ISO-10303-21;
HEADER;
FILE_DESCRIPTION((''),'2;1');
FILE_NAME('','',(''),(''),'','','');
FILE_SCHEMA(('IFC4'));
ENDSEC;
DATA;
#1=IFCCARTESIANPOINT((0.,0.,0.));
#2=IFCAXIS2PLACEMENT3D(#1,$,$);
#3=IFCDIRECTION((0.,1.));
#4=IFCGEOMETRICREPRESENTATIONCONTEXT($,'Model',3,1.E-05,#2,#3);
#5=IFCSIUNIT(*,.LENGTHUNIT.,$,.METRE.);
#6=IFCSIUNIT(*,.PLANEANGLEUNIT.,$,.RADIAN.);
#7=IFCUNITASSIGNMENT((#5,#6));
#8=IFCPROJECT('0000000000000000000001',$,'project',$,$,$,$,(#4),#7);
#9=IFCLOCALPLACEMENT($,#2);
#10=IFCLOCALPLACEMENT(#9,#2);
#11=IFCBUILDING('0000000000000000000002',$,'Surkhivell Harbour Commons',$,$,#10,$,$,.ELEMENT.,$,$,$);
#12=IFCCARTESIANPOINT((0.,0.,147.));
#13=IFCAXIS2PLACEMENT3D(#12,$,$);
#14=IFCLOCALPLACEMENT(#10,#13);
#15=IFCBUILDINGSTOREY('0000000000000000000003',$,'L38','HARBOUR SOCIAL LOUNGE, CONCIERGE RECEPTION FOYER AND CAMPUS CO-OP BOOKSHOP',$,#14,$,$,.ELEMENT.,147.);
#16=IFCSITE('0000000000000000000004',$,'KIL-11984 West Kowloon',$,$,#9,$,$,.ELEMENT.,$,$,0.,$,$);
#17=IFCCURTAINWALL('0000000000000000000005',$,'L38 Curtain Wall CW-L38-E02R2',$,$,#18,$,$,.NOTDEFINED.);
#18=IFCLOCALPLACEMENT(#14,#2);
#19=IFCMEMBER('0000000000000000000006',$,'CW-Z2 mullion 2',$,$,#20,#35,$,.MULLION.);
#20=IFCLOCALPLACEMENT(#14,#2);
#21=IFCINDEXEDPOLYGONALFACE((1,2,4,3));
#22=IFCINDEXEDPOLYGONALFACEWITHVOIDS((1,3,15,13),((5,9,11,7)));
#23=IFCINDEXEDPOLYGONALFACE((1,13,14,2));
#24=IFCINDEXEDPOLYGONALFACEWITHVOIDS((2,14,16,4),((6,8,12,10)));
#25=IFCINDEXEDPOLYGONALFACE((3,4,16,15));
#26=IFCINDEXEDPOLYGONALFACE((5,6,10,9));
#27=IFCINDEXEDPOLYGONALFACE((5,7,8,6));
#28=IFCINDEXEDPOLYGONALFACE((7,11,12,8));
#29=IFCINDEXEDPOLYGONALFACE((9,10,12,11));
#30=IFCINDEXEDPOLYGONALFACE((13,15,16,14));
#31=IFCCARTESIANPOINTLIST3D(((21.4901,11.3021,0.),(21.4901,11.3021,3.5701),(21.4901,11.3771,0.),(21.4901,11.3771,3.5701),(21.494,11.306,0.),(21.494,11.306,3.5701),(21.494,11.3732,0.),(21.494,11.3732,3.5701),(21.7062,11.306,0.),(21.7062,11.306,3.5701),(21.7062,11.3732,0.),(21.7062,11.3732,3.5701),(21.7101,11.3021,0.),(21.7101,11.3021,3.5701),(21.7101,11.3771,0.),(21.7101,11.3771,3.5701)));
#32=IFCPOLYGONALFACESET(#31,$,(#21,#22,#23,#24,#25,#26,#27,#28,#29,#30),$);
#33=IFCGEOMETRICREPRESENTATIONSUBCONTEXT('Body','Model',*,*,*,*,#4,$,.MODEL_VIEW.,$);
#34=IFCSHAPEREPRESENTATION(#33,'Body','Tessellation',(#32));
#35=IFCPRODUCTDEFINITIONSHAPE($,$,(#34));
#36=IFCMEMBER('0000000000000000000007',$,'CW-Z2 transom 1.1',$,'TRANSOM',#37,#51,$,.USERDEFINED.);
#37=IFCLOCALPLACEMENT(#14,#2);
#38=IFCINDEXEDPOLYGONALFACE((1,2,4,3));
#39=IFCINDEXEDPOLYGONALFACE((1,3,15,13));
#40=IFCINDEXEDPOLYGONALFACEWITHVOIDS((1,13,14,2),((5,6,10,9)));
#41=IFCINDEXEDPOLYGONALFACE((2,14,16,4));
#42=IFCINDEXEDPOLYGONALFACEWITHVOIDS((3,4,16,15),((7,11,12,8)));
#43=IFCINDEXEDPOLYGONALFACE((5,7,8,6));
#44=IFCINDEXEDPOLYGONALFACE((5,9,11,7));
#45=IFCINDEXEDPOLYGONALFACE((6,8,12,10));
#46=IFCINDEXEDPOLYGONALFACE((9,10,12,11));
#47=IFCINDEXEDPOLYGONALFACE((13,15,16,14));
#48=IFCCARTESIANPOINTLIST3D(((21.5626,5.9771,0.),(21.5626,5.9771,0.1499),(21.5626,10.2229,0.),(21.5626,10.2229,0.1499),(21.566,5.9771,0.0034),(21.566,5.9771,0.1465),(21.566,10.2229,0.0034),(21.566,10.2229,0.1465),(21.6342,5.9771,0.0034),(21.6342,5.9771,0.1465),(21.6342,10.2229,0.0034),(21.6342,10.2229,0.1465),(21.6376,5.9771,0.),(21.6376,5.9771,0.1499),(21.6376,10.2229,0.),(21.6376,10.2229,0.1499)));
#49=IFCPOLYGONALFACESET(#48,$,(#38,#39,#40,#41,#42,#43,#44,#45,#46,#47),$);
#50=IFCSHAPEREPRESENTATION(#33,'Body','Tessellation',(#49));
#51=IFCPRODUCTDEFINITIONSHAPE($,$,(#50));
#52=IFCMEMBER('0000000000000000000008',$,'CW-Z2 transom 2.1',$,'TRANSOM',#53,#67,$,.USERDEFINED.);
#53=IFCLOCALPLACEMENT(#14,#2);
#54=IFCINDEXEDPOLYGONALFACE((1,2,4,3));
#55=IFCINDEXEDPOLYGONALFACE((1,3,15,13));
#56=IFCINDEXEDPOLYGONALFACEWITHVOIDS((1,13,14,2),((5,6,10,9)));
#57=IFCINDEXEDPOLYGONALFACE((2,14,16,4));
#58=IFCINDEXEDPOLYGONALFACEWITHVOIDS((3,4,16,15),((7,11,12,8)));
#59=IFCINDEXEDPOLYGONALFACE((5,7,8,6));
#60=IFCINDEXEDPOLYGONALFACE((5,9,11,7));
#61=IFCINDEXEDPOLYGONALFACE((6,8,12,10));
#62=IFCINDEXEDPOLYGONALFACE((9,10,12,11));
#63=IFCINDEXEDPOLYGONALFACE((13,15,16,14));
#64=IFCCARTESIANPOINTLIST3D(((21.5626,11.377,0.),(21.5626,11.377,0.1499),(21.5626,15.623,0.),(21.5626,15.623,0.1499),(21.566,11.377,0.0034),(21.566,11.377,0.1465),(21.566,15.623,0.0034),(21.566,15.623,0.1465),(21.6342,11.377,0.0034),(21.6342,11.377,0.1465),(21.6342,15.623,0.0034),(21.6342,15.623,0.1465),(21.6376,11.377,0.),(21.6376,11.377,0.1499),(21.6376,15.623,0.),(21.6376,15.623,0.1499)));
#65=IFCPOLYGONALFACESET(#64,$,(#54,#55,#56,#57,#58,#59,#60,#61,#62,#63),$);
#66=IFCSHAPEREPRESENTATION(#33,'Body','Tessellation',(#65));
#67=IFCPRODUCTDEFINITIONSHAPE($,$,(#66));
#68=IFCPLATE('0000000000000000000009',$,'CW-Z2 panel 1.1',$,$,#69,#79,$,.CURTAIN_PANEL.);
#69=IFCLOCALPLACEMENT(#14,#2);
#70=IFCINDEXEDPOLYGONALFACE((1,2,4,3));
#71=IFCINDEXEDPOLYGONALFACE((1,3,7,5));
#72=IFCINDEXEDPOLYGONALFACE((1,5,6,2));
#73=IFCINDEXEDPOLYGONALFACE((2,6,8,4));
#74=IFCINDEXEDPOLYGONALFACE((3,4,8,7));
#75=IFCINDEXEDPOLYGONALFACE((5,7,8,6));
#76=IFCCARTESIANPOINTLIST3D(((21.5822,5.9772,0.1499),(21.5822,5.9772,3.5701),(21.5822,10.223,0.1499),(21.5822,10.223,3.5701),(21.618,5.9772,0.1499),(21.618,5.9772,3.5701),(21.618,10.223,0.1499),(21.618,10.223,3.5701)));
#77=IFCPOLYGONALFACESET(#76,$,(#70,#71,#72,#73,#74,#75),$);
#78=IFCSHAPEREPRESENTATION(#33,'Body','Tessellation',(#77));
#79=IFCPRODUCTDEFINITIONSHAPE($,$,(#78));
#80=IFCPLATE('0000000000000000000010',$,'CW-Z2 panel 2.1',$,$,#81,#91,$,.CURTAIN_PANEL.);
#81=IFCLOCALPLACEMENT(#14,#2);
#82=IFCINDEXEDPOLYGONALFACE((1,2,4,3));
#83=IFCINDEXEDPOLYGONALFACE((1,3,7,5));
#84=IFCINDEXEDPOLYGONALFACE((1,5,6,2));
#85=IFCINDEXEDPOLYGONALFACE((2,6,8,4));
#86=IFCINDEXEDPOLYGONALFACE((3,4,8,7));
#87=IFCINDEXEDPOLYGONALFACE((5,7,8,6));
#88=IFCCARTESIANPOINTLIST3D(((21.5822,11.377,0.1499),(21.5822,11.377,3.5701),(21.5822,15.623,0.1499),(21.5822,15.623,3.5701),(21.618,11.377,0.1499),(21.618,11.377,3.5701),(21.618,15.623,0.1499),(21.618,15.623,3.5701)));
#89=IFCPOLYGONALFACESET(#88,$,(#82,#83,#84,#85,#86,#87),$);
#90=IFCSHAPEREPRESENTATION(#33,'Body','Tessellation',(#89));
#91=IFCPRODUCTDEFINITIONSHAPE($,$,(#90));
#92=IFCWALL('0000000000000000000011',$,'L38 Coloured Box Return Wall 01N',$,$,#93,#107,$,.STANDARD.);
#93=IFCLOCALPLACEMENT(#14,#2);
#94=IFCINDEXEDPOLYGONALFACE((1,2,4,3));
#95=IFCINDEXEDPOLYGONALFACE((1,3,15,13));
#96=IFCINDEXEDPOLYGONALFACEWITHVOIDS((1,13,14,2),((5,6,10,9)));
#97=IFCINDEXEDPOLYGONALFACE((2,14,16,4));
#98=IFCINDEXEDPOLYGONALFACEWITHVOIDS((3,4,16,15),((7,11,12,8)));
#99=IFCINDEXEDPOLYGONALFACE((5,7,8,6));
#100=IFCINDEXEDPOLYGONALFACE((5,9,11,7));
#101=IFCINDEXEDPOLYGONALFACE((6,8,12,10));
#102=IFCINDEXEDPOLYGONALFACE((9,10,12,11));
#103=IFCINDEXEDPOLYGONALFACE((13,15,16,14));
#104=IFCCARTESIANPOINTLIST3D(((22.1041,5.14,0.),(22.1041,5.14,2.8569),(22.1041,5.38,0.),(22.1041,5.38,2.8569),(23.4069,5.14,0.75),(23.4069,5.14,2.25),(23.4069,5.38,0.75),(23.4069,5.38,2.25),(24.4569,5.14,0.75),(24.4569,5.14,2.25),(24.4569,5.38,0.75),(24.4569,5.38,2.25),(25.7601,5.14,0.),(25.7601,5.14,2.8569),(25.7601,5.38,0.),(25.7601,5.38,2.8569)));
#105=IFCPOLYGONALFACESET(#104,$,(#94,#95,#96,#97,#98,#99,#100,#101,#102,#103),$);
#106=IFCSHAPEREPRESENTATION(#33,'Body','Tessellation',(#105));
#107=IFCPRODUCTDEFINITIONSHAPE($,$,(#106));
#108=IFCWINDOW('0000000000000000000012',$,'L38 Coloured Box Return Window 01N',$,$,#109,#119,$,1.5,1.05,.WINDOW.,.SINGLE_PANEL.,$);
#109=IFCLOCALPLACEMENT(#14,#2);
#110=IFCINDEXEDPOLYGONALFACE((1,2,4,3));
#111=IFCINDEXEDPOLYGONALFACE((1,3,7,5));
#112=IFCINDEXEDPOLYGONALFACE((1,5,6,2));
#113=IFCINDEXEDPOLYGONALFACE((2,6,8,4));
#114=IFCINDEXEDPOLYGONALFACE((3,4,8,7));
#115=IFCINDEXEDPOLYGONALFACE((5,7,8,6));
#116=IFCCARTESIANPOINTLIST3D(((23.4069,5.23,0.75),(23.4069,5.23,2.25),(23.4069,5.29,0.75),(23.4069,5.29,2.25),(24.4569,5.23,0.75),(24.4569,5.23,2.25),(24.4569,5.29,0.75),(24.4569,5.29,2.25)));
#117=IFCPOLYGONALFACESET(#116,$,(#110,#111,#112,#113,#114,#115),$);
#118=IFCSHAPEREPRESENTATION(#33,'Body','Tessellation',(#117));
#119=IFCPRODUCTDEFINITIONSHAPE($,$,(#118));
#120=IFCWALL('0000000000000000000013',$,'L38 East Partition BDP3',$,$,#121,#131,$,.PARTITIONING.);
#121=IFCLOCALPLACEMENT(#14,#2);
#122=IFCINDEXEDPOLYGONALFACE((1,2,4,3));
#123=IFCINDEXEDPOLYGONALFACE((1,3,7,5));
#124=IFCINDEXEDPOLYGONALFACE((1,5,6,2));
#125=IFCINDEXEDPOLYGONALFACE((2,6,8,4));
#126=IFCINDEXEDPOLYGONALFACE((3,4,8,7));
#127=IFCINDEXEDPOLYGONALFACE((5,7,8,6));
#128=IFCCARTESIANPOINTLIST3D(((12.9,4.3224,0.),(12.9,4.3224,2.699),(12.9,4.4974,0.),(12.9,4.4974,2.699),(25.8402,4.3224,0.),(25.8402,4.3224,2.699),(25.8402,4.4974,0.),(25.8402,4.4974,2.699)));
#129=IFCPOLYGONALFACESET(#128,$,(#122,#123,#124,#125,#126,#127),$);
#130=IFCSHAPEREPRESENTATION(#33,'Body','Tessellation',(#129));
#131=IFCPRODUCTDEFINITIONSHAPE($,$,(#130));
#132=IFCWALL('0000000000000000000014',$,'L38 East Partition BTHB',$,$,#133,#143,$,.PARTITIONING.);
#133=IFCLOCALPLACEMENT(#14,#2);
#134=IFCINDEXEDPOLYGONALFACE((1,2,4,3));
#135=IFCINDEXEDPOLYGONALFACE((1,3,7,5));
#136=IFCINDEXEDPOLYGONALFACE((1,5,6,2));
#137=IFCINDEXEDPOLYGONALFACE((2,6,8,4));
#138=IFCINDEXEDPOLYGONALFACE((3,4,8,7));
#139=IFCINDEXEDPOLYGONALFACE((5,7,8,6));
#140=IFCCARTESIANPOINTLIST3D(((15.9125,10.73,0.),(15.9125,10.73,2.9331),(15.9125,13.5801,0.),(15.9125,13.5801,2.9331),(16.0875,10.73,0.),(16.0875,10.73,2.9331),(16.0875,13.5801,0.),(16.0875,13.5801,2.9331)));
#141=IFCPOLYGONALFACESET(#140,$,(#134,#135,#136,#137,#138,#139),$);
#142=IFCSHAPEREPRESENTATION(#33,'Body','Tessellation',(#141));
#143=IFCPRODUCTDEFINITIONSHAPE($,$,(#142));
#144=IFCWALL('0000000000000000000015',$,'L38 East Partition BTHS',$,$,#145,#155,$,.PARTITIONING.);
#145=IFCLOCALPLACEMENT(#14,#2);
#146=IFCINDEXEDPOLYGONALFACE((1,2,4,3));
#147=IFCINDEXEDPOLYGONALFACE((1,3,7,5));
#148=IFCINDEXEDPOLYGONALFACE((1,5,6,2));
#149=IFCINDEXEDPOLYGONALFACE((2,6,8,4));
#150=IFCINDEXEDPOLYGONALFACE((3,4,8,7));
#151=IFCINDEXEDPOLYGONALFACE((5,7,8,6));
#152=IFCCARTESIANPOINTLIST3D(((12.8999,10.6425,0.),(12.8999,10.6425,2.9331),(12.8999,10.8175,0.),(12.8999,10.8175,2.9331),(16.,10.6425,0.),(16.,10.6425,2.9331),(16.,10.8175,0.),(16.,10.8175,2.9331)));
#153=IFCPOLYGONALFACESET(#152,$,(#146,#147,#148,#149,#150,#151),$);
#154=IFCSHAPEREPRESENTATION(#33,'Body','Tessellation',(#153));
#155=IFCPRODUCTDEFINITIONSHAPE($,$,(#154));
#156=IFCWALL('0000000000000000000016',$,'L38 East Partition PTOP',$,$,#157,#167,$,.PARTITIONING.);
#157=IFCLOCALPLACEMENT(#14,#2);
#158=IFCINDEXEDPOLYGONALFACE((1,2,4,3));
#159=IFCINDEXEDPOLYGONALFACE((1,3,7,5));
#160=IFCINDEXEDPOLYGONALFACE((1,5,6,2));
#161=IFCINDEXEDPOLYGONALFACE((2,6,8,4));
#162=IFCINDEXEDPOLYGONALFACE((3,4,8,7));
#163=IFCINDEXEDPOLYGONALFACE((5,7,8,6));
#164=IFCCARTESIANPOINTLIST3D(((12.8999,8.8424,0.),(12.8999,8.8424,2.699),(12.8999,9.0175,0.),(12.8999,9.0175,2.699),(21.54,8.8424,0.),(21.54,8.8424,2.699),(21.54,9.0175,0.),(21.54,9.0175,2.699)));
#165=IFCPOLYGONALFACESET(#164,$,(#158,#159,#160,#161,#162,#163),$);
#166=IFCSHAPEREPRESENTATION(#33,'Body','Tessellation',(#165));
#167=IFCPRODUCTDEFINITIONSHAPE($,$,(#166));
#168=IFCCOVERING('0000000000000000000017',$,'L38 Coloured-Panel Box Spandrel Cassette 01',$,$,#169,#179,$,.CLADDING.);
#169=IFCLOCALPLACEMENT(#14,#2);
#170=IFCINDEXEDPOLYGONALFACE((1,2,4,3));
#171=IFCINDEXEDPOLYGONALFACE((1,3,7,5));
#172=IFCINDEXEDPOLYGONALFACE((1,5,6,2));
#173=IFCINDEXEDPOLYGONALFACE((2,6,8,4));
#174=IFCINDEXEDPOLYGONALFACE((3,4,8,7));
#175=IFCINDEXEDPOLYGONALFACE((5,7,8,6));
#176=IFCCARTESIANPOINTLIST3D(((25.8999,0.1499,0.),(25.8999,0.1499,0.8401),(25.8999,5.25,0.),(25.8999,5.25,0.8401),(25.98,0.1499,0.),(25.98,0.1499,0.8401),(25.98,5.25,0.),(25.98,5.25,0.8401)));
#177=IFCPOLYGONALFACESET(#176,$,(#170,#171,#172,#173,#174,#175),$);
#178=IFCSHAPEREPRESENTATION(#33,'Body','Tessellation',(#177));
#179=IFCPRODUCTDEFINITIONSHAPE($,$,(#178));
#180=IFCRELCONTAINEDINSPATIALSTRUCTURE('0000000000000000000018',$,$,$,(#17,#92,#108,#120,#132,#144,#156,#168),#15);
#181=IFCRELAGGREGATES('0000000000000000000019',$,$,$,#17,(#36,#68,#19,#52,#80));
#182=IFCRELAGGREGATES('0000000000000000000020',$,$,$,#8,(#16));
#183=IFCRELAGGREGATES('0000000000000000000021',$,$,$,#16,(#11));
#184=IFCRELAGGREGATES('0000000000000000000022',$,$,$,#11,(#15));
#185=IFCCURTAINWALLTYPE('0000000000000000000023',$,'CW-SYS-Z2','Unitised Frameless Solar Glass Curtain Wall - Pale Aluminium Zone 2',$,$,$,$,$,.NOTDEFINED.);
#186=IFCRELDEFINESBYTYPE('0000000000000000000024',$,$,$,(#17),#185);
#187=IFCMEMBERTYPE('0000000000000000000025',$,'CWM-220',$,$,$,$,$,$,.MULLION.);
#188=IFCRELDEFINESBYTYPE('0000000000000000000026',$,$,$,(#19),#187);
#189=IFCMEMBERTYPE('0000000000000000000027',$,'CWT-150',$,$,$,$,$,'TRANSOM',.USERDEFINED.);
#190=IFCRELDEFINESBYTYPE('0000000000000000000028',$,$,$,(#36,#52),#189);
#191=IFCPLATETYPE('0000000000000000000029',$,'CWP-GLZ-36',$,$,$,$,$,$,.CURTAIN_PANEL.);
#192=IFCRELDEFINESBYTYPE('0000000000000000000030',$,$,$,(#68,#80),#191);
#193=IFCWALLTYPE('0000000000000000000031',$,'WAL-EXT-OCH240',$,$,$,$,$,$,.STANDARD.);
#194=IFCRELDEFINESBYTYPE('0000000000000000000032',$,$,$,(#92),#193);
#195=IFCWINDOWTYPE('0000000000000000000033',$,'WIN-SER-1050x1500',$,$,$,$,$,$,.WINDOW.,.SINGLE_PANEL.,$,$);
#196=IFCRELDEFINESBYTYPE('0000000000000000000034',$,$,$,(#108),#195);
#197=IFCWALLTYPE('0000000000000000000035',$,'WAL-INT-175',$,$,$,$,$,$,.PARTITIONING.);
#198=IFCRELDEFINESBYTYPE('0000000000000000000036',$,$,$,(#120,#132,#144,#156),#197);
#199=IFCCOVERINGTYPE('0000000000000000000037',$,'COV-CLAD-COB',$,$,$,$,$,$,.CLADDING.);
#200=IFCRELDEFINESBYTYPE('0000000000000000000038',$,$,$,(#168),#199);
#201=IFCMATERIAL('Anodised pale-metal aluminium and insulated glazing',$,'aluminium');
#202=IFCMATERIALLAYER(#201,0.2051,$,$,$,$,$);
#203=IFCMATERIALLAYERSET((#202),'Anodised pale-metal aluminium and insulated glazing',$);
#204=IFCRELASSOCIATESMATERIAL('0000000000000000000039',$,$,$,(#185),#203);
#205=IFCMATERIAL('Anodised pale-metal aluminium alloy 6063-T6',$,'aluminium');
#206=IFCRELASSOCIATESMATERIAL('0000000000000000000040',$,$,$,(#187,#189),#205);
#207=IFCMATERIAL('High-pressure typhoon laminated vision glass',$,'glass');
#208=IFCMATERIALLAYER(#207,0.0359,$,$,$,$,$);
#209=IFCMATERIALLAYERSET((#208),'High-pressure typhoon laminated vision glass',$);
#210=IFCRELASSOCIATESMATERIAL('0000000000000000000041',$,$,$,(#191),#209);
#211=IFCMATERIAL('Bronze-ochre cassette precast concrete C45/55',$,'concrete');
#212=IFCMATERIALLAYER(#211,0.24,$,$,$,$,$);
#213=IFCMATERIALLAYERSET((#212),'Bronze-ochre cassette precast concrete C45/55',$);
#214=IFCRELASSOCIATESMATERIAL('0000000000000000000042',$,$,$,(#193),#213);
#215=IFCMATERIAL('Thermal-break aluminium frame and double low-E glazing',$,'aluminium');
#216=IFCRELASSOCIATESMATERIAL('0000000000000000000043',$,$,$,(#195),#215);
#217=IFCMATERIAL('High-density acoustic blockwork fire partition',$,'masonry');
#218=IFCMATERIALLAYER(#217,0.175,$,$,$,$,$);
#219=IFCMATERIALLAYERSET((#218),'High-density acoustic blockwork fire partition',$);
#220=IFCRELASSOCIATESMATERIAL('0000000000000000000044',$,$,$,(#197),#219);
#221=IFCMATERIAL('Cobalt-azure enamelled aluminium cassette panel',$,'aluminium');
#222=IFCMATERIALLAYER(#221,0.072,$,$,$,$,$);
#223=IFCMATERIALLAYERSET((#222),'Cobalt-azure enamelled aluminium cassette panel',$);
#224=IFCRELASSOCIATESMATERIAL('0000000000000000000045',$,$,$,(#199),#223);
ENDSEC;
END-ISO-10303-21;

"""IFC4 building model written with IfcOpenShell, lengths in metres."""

from ifc_helpers import new_model, si_unit, direction, frame, frame_2d, origin, origin_2d, place, context, subcontext, project, spatial, rectangle, hollow_rectangle, extrude, material, layer, layer_set, material_profile, profile_set, type_object, element, fill, aggregate, save


model = new_model("IFC4")

# Units and contexts
model_context = context("Model", 3, precision=1e-05, world=origin(), true_north=direction((0.0, 1.0)))
body_context = subcontext(model_context, "Body", "Model", "MODEL_VIEW")
ifc_project = project(units=[si_unit("LENGTHUNIT", "METRE"), si_unit("PLANEANGLEUNIT", "RADIAN")], contexts=[model_context])

# Site, building, storey
site_placement = place(None, origin())
site = spatial("IfcSite", under=ifc_project, at=site_placement, Name="KIL-11984 West Kowloon", CompositionType="ELEMENT", RefElevation=0.0)
building_placement = place(site_placement, origin())
building = spatial("IfcBuilding", under=site, at=building_placement, Name="Surkhivell Harbour Commons", CompositionType="ELEMENT")
storey_placement = place(building_placement, frame((0.0, 0.0, 147.0)))
storey = spatial("IfcBuildingStorey", under=building, at=storey_placement, Name="L38", Description="HARBOUR SOCIAL LOUNGE, CONCIERGE RECEPTION FOYER AND CAMPUS CO-OP BOOKSHOP", CompositionType="ELEMENT", Elevation=147.0)

# Shared definitions
ifc_material_1 = material(Name="Anodised pale-metal aluminium and insulated glazing", Category="aluminium")

# Curtain wall, members, plates
ifc_layer_1 = layer(ifc_material_1, 0.2051)
ifc_layer_set_1 = layer_set([ifc_layer_1], Name="Anodised pale-metal aluminium and insulated glazing")
curtain_wall_type_1 = type_object("IfcCurtainWallType", Name="CW-SYS-Z2", Description="Unitised Frameless Solar Glass Curtain Wall - Pale Aluminium Zone 2", PredefinedType="NOTDEFINED", material=ifc_layer_set_1)
curtain_wall_1_placement = place(storey_placement, origin())
curtain_wall_1 = element("IfcCurtainWall", 1, at=curtain_wall_1_placement, inside=storey, type_object=curtain_wall_type_1, Name="L38 Curtain Wall CW-L38-E02R2", PredefinedType="NOTDEFINED")
ifc_material_2 = material(Name="Anodised pale-metal aluminium alloy 6063-T6", Category="aluminium")
ifc_material_profile_1 = material_profile(ifc_material_2, hollow_rectangle(XDim=0.075, YDim=0.22, WallThickness=0.0039, at=origin_2d()), Name="ALU-MULL-75x220")
ifc_profile_set_1 = profile_set([ifc_material_profile_1], Name="Anodised pale-metal aluminium alloy 6063-T6")
member_type_1 = type_object("IfcMemberType", Name="CWM-220", PredefinedType="MULLION", material=ifc_profile_set_1)
member_1_placement = place(storey_placement, frame((21.6001, 11.3396, 0.0), z_axis=(0.0, 0.0, 1.0), x_axis=(0.0, 1.0, 0.0)))
member_1 = element("IfcMember", 2, at=member_1_placement, type_object=member_type_1, Name="CW-Z2 mullion 2", PredefinedType="MULLION", context=body_context, shape_type="SweptSolid", body=[
    extrude(hollow_rectangle(XDim=0.075, YDim=0.22, WallThickness=0.0039, at=origin_2d()), origin(), (0.0, 0.0, 1.0), 3.5701),
])
ifc_material_profile_2 = material_profile(ifc_material_2, hollow_rectangle(XDim=0.075, YDim=0.1499, WallThickness=0.0034, at=origin_2d()), Name="ALU-TRAN-75x150")
ifc_profile_set_2 = profile_set([ifc_material_profile_2], Name="Anodised pale-metal aluminium alloy 6063-T6")
member_type_2 = type_object("IfcMemberType", Name="CWT-150", ElementType="TRANSOM", PredefinedType="USERDEFINED", material=ifc_profile_set_2)
member_2_placement = place(storey_placement, frame((21.6001, 5.9771, 0.075), z_axis=(0.0, 1.0, 0.0), x_axis=(-1.0, 0.0, 0.0)))
member_2 = element("IfcMember", 3, at=member_2_placement, type_object=member_type_2, Name="CW-Z2 transom 1.1", ObjectType="TRANSOM", PredefinedType="USERDEFINED", context=body_context, shape_type="SweptSolid", body=[
    extrude(hollow_rectangle(XDim=0.075, YDim=0.1499, WallThickness=0.0034, at=origin_2d()), origin(), (0.0, 0.0, 1.0), 4.2458),
])
member_3_placement = place(storey_placement, frame((21.6001, 11.377, 0.075), z_axis=(0.0, 1.0, 0.0), x_axis=(-1.0, 0.0, 0.0)))
member_3 = element("IfcMember", 4, at=member_3_placement, type_object=member_type_2, Name="CW-Z2 transom 2.1", ObjectType="TRANSOM", PredefinedType="USERDEFINED", context=body_context, shape_type="SweptSolid", body=[
    extrude(hollow_rectangle(XDim=0.075, YDim=0.1499, WallThickness=0.0034, at=origin_2d()), origin(), (0.0, 0.0, 1.0), 4.2461),
])
ifc_material_3 = material(Name="High-pressure typhoon laminated vision glass", Category="glass")
ifc_layer_2 = layer(ifc_material_3, 0.0359)
ifc_layer_set_2 = layer_set([ifc_layer_2], Name="High-pressure typhoon laminated vision glass")
plate_type = type_object("IfcPlateType", Name="CWP-GLZ-36", PredefinedType="CURTAIN_PANEL", material=ifc_layer_set_2)
plate_1_placement = place(storey_placement, frame((21.6001, 5.9771, 0.1499), z_axis=(0.0, 0.0, 1.0), x_axis=(0.0, 1.0, 0.0)))
plate_1 = element("IfcPlate", 5, at=plate_1_placement, type_object=plate_type, Name="CW-Z2 panel 1.1", PredefinedType="CURTAIN_PANEL", context=body_context, shape_type="SweptSolid", body=[
    extrude(rectangle(XDim=4.2458, YDim=0.0359, at=frame_2d((2.123, 0.0))), origin(), (0.0, 0.0, 1.0), 3.4202),
])
plate_2_placement = place(storey_placement, frame((21.6001, 11.377, 0.1499), z_axis=(0.0, 0.0, 1.0), x_axis=(0.0, 1.0, 0.0)))
plate_2 = element("IfcPlate", 6, at=plate_2_placement, type_object=plate_type, Name="CW-Z2 panel 2.1", PredefinedType="CURTAIN_PANEL", context=body_context, shape_type="SweptSolid", body=[
    extrude(rectangle(XDim=4.2461, YDim=0.0359, at=frame_2d((2.123, 0.0))), origin(), (0.0, 0.0, 1.0), 3.4202),
])
aggregate(curtain_wall_1, [member_2, plate_1, member_1, member_3, plate_2])

# Wall, opening, window
ifc_material_4 = material(Name="Bronze-ochre cassette precast concrete C45/55", Category="concrete")
ifc_layer_3 = layer(ifc_material_4, 0.24)
ifc_layer_set_3 = layer_set([ifc_layer_3], Name="Bronze-ochre cassette precast concrete C45/55")
wall_type_1 = type_object("IfcWallType", Name="WAL-EXT-OCH240", PredefinedType="STANDARD", material=ifc_layer_set_3)
wall_1_placement = place(storey_placement, frame((22.104, 5.26, 0.0), z_axis=(0.0, 0.0, 1.0), x_axis=(1.0, 0.0, 0.0)))
wall_1 = element("IfcWall", 7, at=wall_1_placement, inside=storey, type_object=wall_type_1, Name="L38 Coloured Box Return Wall 01N", PredefinedType="STANDARD", context=body_context, shape_type="SweptSolid", body=[
    extrude(rectangle(XDim=3.656, YDim=0.24, at=frame_2d((1.8281, 0.0))), origin(), (0.0, 0.0, 1.0), 2.8569),
])
opening_placement = place(wall_1_placement, frame((1.303, 0.0, 0.75)))
opening = element("IfcOpeningElement", 8, at=opening_placement, cuts=wall_1, PredefinedType="OPENING", context=body_context, shape_type="SweptSolid", body=[
    extrude(rectangle(XDim=1.05, YDim=1.5, at=frame_2d((0.5249, 0.75))), frame((0.0, 0.1299, 0.0), z_axis=(0.0, -1.0, 0.0), x_axis=(1.0, 0.0, 0.0)), (0.0, 0.0, 1.0), 0.26),
])
ifc_material_5 = material(Name="Thermal-break aluminium frame and double low-E glazing", Category="aluminium")
window_type = type_object("IfcWindowType", Name="WIN-SER-1050x1500", PartitioningType="SINGLE_PANEL", PredefinedType="WINDOW", material=ifc_material_5)
window_placement = place(opening_placement, origin())
window = element("IfcWindow", 9, at=window_placement, inside=storey, type_object=window_type, Name="L38 Coloured Box Return Window 01N", OverallHeight=1.5, OverallWidth=1.05, PartitioningType="SINGLE_PANEL", PredefinedType="WINDOW", context=body_context, shape_type="SweptSolid", body=[
    extrude(rectangle(XDim=1.05, YDim=1.5, at=frame_2d((0.5249, 0.75))), frame((0.0, 0.03, 0.0), z_axis=(0.0, -1.0, 0.0), x_axis=(1.0, 0.0, 0.0)), (0.0, 0.0, 1.0), 0.0601),
])
fill(opening, window)

# Walls
ifc_material_6 = material(Name="High-density acoustic blockwork fire partition", Category="masonry")
ifc_layer_4 = layer(ifc_material_6, 0.175)
ifc_layer_set_4 = layer_set([ifc_layer_4], Name="High-density acoustic blockwork fire partition")
wall_type_2 = type_object("IfcWallType", Name="WAL-INT-175", PredefinedType="PARTITIONING", material=ifc_layer_set_4)
wall_2_placement = place(storey_placement, frame((12.8999, 4.4099, 0.0), z_axis=(0.0, 0.0, 1.0), x_axis=(1.0, 0.0, 0.0)))
element("IfcWall", 10, at=wall_2_placement, inside=storey, type_object=wall_type_2, Name="L38 East Partition BDP3", PredefinedType="PARTITIONING", context=body_context, shape_type="SweptSolid", body=[
    extrude(rectangle(XDim=12.9402, YDim=0.175, at=frame_2d((6.4702, 0.0))), origin(), (0.0, 0.0, 1.0), 2.699),
])
wall_3_placement = place(storey_placement, frame((16.0, 10.73, 0.0), z_axis=(0.0, 0.0, 1.0), x_axis=(0.0, 1.0, 0.0)))
element("IfcWall", 11, at=wall_3_placement, inside=storey, type_object=wall_type_2, Name="L38 East Partition BTHB", PredefinedType="PARTITIONING", context=body_context, shape_type="SweptSolid", body=[
    extrude(rectangle(XDim=2.8501, YDim=0.175, at=frame_2d((1.425, 0.0))), origin(), (0.0, 0.0, 1.0), 2.9331),
])
wall_4_placement = place(storey_placement, frame((12.8999, 10.73, 0.0), z_axis=(0.0, 0.0, 1.0), x_axis=(1.0, 0.0, 0.0)))
element("IfcWall", 12, at=wall_4_placement, inside=storey, type_object=wall_type_2, Name="L38 East Partition BTHS", PredefinedType="PARTITIONING", context=body_context, shape_type="SweptSolid", body=[
    extrude(rectangle(XDim=3.1001, YDim=0.175, at=frame_2d((1.55, 0.0))), origin(), (0.0, 0.0, 1.0), 2.9331),
])
wall_5_placement = place(storey_placement, frame((12.8999, 8.9299, 0.0), z_axis=(0.0, 0.0, 1.0), x_axis=(1.0, 0.0, 0.0)))
element("IfcWall", 13, at=wall_5_placement, inside=storey, type_object=wall_type_2, Name="L38 East Partition PTOP", PredefinedType="PARTITIONING", context=body_context, shape_type="SweptSolid", body=[
    extrude(rectangle(XDim=8.6401, YDim=0.175, at=frame_2d((4.3201, 0.0))), origin(), (0.0, 0.0, 1.0), 2.699),
])

# Covering
ifc_material_7 = material(Name="Cobalt-azure enamelled aluminium cassette panel", Category="aluminium")
ifc_layer_5 = layer(ifc_material_7, 0.072)
ifc_layer_set_5 = layer_set([ifc_layer_5], Name="Cobalt-azure enamelled aluminium cassette panel")
covering_type = type_object("IfcCoveringType", Name="COV-CLAD-COB", PredefinedType="CLADDING", material=ifc_layer_set_5)
covering_placement = place(storey_placement, frame((25.9399, 2.7, 0.0), z_axis=(0.0, 0.0, 1.0), x_axis=(1.0, 0.0, 0.0)))
element("IfcCovering", 14, at=covering_placement, inside=storey, type_object=covering_type, Name="L38 Coloured-Panel Box Spandrel Cassette 01", PredefinedType="CLADDING", context=body_context, shape_type="SweptSolid", body=[
    extrude(rectangle(XDim=0.0801, YDim=5.1001, at=origin_2d()), origin(), (0.0, 0.0, 1.0), 0.8401),
])

save(model, "model.ifc")
